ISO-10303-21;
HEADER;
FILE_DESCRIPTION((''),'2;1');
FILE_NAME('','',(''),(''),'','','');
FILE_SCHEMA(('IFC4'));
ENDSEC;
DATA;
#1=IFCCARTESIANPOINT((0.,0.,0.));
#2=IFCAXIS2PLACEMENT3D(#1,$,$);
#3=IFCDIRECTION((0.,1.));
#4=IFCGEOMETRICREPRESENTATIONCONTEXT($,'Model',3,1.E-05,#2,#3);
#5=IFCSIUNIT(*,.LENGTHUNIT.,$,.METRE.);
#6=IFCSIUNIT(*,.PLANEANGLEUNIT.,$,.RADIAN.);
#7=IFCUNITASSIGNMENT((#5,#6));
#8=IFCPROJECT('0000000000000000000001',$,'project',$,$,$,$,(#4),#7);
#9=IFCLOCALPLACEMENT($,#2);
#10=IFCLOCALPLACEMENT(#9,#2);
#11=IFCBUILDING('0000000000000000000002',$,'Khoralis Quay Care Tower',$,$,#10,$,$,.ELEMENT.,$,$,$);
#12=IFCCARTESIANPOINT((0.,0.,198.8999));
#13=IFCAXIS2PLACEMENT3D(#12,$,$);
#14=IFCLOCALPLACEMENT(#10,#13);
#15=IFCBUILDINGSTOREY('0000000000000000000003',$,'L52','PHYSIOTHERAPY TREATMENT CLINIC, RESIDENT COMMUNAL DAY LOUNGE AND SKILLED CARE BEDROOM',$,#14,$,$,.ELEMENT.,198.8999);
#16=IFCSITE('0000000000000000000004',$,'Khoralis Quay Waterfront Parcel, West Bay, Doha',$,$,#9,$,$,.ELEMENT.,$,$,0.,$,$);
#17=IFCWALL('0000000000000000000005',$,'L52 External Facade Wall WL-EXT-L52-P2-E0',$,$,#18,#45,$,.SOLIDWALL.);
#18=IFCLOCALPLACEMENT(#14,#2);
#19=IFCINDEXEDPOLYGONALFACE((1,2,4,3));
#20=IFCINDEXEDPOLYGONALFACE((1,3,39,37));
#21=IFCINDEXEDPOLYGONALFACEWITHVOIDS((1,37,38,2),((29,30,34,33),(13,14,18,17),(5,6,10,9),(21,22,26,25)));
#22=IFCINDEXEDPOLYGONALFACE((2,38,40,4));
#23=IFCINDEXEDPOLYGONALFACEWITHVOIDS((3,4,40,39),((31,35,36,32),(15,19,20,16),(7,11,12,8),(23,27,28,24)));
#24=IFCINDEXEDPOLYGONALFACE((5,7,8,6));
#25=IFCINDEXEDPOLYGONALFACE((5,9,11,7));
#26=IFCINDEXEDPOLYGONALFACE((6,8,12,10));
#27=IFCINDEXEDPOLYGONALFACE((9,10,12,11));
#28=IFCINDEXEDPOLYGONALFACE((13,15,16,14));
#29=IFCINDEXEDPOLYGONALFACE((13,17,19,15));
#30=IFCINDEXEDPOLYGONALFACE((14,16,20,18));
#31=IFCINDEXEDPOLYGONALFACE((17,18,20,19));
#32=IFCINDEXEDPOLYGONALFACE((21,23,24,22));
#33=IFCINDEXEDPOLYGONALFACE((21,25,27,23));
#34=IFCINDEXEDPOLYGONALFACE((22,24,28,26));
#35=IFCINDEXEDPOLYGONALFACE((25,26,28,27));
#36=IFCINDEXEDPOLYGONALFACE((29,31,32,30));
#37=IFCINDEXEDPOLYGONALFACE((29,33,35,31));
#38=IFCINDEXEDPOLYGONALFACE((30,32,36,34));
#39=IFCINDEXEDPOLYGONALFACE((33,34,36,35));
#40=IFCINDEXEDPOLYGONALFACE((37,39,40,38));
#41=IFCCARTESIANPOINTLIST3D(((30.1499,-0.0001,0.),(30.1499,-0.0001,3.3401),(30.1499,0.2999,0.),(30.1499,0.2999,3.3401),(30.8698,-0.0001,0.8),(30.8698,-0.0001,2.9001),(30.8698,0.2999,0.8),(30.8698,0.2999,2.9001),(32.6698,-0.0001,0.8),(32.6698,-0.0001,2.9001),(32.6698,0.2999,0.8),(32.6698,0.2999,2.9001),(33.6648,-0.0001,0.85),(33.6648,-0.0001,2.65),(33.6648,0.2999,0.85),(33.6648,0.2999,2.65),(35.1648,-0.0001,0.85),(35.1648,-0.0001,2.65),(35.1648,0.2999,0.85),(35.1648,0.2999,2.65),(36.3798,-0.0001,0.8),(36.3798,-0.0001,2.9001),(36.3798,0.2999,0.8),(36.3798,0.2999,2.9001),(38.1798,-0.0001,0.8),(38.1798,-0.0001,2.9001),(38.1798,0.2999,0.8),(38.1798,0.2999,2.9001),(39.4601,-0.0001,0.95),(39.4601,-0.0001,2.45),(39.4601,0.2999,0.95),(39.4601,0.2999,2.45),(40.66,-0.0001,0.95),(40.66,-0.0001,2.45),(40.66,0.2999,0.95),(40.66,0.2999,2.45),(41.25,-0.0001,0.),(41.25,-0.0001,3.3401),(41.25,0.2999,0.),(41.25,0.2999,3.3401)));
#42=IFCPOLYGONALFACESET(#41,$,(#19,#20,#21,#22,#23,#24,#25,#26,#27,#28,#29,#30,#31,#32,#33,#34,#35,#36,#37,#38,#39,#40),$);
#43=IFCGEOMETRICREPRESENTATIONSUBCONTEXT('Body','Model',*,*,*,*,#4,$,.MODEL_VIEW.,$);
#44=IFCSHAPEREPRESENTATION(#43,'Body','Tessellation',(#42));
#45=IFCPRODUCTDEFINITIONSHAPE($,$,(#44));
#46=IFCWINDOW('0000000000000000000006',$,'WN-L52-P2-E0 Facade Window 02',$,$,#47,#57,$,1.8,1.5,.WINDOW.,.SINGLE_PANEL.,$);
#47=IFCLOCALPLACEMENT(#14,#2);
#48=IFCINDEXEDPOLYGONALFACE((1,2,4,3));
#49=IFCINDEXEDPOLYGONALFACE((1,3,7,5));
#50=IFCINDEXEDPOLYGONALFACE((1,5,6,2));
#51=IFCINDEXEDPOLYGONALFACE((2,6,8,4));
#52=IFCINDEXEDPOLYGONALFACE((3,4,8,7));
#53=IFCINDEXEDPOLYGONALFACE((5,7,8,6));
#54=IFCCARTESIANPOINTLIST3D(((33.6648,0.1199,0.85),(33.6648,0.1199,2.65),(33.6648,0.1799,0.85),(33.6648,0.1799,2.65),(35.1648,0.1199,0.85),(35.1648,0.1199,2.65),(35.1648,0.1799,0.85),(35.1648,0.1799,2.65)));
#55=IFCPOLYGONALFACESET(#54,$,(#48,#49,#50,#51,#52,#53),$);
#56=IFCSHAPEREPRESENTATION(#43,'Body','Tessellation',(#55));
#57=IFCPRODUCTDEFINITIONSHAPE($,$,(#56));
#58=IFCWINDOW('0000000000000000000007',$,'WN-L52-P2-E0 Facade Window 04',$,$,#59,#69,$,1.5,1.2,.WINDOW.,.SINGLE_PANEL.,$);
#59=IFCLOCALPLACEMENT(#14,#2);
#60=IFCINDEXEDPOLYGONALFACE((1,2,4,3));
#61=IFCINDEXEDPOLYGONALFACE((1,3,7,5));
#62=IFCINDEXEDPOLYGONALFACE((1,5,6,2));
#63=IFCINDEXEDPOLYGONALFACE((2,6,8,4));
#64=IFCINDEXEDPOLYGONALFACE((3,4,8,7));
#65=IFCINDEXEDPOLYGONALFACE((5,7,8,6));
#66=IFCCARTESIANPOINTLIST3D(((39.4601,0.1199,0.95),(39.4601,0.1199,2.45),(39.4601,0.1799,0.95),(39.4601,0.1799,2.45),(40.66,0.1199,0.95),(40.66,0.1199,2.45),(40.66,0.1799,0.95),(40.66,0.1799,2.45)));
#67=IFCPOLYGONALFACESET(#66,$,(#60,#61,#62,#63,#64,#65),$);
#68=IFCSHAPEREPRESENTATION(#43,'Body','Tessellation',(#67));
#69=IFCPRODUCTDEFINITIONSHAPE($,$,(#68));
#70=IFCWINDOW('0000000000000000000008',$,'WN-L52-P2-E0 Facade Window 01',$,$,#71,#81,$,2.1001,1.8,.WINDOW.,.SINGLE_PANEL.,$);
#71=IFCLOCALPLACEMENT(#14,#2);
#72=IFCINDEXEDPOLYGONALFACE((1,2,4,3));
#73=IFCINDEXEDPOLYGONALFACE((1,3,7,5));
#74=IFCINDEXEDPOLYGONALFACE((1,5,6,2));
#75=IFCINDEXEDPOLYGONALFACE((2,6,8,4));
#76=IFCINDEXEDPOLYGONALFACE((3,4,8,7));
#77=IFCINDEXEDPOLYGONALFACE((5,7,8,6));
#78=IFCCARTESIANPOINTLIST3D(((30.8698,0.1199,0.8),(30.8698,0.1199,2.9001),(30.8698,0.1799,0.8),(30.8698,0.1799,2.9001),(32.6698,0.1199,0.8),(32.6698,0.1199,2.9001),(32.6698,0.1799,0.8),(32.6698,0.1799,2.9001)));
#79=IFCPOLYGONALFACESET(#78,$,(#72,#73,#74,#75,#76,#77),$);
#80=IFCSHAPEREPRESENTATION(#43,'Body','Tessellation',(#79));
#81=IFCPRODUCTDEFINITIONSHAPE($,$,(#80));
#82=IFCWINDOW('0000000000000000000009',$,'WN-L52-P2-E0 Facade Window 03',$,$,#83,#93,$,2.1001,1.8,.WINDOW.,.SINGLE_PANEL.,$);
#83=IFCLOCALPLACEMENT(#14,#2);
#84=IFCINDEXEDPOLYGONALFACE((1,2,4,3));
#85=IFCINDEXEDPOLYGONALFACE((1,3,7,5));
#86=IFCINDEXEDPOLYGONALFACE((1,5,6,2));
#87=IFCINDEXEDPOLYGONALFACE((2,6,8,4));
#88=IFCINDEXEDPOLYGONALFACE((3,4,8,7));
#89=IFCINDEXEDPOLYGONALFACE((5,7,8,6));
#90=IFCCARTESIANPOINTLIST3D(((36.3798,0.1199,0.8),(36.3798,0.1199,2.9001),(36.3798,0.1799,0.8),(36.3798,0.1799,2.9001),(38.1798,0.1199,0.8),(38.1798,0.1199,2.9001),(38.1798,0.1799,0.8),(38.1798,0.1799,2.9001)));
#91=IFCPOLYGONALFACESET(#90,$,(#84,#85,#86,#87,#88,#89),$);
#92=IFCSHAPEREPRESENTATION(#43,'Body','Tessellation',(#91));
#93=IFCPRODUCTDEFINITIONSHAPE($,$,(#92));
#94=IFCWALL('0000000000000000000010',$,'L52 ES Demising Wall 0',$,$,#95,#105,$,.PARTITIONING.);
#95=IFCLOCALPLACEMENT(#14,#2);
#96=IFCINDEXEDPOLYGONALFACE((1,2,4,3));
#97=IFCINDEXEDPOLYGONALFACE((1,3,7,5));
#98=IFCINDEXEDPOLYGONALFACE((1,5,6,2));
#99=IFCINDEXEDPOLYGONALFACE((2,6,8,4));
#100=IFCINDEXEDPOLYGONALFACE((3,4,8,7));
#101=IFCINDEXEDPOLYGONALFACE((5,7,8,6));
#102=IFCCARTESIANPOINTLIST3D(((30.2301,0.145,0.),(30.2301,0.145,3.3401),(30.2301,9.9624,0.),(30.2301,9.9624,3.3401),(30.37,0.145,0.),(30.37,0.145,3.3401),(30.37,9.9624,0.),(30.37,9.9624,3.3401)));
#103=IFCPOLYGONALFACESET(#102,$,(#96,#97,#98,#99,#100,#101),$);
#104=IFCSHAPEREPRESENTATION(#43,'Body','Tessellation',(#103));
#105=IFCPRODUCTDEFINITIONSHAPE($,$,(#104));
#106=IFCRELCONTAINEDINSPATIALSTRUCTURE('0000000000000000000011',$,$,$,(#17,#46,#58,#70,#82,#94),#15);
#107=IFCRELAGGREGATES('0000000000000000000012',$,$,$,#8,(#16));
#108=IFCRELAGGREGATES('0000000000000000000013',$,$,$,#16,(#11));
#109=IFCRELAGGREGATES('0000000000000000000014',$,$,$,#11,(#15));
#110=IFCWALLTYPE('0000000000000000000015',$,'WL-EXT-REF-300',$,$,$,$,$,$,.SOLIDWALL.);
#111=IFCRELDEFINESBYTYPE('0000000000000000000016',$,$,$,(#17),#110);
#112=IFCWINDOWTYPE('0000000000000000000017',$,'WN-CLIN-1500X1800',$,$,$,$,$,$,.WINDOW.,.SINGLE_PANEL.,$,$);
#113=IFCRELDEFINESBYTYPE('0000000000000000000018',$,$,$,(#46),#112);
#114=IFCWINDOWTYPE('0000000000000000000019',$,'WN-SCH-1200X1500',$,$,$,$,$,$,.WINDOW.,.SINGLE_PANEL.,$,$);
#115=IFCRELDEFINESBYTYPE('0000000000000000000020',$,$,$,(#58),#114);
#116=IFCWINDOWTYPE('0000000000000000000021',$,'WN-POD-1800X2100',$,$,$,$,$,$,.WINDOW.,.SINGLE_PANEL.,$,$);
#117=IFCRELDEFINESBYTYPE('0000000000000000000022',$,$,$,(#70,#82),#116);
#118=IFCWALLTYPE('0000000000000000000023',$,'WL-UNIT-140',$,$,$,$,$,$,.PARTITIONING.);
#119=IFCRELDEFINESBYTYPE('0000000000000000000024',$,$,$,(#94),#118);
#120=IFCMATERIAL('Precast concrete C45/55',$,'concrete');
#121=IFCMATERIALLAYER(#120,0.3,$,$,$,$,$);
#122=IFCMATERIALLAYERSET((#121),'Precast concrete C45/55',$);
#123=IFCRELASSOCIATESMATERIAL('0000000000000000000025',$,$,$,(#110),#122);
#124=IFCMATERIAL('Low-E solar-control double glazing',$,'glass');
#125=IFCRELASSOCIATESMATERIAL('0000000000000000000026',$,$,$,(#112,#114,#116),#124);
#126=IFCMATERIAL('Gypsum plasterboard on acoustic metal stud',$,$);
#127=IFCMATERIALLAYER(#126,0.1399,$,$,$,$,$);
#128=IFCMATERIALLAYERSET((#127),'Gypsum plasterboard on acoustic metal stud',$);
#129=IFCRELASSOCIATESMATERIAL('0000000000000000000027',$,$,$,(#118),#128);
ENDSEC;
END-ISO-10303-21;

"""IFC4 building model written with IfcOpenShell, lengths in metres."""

from ifc_helpers import new_model, si_unit, direction, frame, frame_2d, origin, place, context, subcontext, project, spatial, rectangle, extrude, source, transform, mapped, material, layer, layer_set, type_object, element, fill, save


model = new_model("IFC4")

# Units and contexts
model_context = context("Model", 3, precision=1e-05, world=origin(), true_north=direction((0.0, 1.0)))
body_context = subcontext(model_context, "Body", "Model", "MODEL_VIEW")
ifc_project = project(units=[si_unit("LENGTHUNIT", "METRE"), si_unit("PLANEANGLEUNIT", "RADIAN")], contexts=[model_context])

# Site, building, storey
site_placement = place(None, origin())
site = spatial("IfcSite", under=ifc_project, at=site_placement, Name="Khoralis Quay Waterfront Parcel, West Bay, Doha", CompositionType="ELEMENT", RefElevation=0.0)
building_placement = place(site_placement, origin())
building = spatial("IfcBuilding", under=site, at=building_placement, Name="Khoralis Quay Care Tower", CompositionType="ELEMENT")
storey_placement = place(building_placement, frame((0.0, 0.0, 198.8999)))
storey = spatial("IfcBuildingStorey", under=building, at=storey_placement, Name="L52", Description="PHYSIOTHERAPY TREATMENT CLINIC, RESIDENT COMMUNAL DAY LOUNGE AND SKILLED CARE BEDROOM", CompositionType="ELEMENT", Elevation=198.8999)

# Shared definitions
ifc_material_1 = material(Name="Low-E solar-control double glazing", Category="glass")

# Wall, openings, windows
ifc_material_2 = material(Name="Precast concrete C45/55", Category="concrete")
ifc_layer_1 = layer(ifc_material_2, 0.3)
ifc_layer_set_1 = layer_set([ifc_layer_1], Name="Precast concrete C45/55")
wall_type_1 = type_object("IfcWallType", Name="WL-EXT-REF-300", PredefinedType="SOLIDWALL", material=ifc_layer_set_1)
wall_1_placement = place(storey_placement, frame((30.1499, 0.1499, 0.0), z_axis=(0.0, 0.0, 1.0), x_axis=(1.0, 0.0, 0.0)))
wall_1 = element("IfcWall", 1, at=wall_1_placement, inside=storey, type_object=wall_type_1, Name="L52 External Facade Wall WL-EXT-L52-P2-E0", PredefinedType="SOLIDWALL", context=body_context, shape_type="SweptSolid", body=[
    extrude(rectangle(XDim=11.1001, YDim=0.3, at=frame_2d((5.55, 0.0))), origin(), (0.0, 0.0, 1.0), 3.3401),
])
opening_1_placement = place(wall_1_placement, frame((0.72, 0.0, 0.8)))
opening_1 = element("IfcOpeningElement", 2, at=opening_1_placement, cuts=wall_1, PredefinedType="OPENING", context=body_context, shape_type="SweptSolid", body=[
    extrude(rectangle(XDim=1.8, YDim=2.1001, at=frame_2d((0.8999, 1.05))), frame((0.0, 0.1602, 0.0), z_axis=(0.0, -1.0, 0.0), x_axis=(1.0, 0.0, 0.0)), (0.0, 0.0, 1.0), 0.3201),
])
opening_2_placement = place(wall_1_placement, frame((3.5149, 0.0, 0.8501)))
opening_2 = element("IfcOpeningElement", 3, at=opening_2_placement, cuts=wall_1, PredefinedType="OPENING", context=body_context, shape_type="SweptSolid", body=[
    extrude(rectangle(XDim=1.5, YDim=1.8, at=frame_2d((0.75, 0.8999))), frame((0.0, 0.1602, 0.0), z_axis=(0.0, -1.0, 0.0), x_axis=(1.0, 0.0, 0.0)), (0.0, 0.0, 1.0), 0.3201),
])
opening_3_placement = place(wall_1_placement, frame((6.23, 0.0, 0.8)))
opening_3 = element("IfcOpeningElement", 4, at=opening_3_placement, cuts=wall_1, PredefinedType="OPENING", context=body_context, shape_type="SweptSolid", body=[
    extrude(rectangle(XDim=1.8, YDim=2.1001, at=frame_2d((0.8999, 1.05))), frame((0.0, 0.1602, 0.0), z_axis=(0.0, -1.0, 0.0), x_axis=(1.0, 0.0, 0.0)), (0.0, 0.0, 1.0), 0.3201),
])
opening_4_placement = place(wall_1_placement, frame((9.3101, 0.0, 0.95)))
opening_4 = element("IfcOpeningElement", 5, at=opening_4_placement, cuts=wall_1, PredefinedType="OPENING", context=body_context, shape_type="SweptSolid", body=[
    extrude(rectangle(XDim=1.2, YDim=1.5, at=frame_2d((0.6001, 0.75))), frame((0.0, 0.1602, 0.0), z_axis=(0.0, -1.0, 0.0), x_axis=(1.0, 0.0, 0.0)), (0.0, 0.0, 1.0), 0.3201),
])
window_type_1 = type_object("IfcWindowType", Name="WN-CLIN-1500X1800", PartitioningType="SINGLE_PANEL", PredefinedType="WINDOW", material=ifc_material_1)
shared_shape_1 = source(origin(), body_context, "Body", "SweptSolid", [
    extrude(rectangle(XDim=1.5, YDim=1.8, at=frame_2d((0.75, 0.8999))), frame((0.0, 0.03, 0.0), z_axis=(0.0, -1.0, 0.0), x_axis=(1.0, 0.0, 0.0)), (0.0, 0.0, 1.0), 0.0601),
])
window_1_placement = place(opening_2_placement, origin())
window_1 = element("IfcWindow", 6, at=window_1_placement, inside=storey, type_object=window_type_1, Name="WN-L52-P2-E0 Facade Window 02", OverallHeight=1.8, OverallWidth=1.5, PartitioningType="SINGLE_PANEL", PredefinedType="WINDOW", context=body_context, shape_type="MappedRepresentation", body=[
    mapped(shared_shape_1, transform((0.0, 0.0, 0.0), scale=1.0)),
])
fill(opening_2, window_1)
window_type_2 = type_object("IfcWindowType", Name="WN-SCH-1200X1500", PartitioningType="SINGLE_PANEL", PredefinedType="WINDOW", material=ifc_material_1)
shared_shape_2 = source(origin(), body_context, "Body", "SweptSolid", [
    extrude(rectangle(XDim=1.2, YDim=1.5, at=frame_2d((0.6001, 0.75))), frame((0.0, 0.03, 0.0), z_axis=(0.0, -1.0, 0.0), x_axis=(1.0, 0.0, 0.0)), (0.0, 0.0, 1.0), 0.0601),
])
window_2_placement = place(opening_4_placement, origin())
window_2 = element("IfcWindow", 7, at=window_2_placement, inside=storey, type_object=window_type_2, Name="WN-L52-P2-E0 Facade Window 04", OverallHeight=1.5, OverallWidth=1.2, PartitioningType="SINGLE_PANEL", PredefinedType="WINDOW", context=body_context, shape_type="MappedRepresentation", body=[
    mapped(shared_shape_2, transform((0.0, 0.0, 0.0), scale=1.0)),
])
fill(opening_4, window_2)
window_type_3 = type_object("IfcWindowType", Name="WN-POD-1800X2100", PartitioningType="SINGLE_PANEL", PredefinedType="WINDOW", material=ifc_material_1)
shared_shape_3 = source(origin(), body_context, "Body", "SweptSolid", [
    extrude(rectangle(XDim=1.8, YDim=2.1001, at=frame_2d((0.8999, 1.05))), frame((0.0, 0.03, 0.0), z_axis=(0.0, -1.0, 0.0), x_axis=(1.0, 0.0, 0.0)), (0.0, 0.0, 1.0), 0.0601),
])
window_3_placement = place(opening_1_placement, origin())
window_3 = element("IfcWindow", 8, at=window_3_placement, inside=storey, type_object=window_type_3, Name="WN-L52-P2-E0 Facade Window 01", OverallHeight=2.1001, OverallWidth=1.8, PartitioningType="SINGLE_PANEL", PredefinedType="WINDOW", context=body_context, shape_type="MappedRepresentation", body=[
    mapped(shared_shape_3, transform((0.0, 0.0, 0.0), scale=1.0)),
])
fill(opening_1, window_3)
window_4_placement = place(opening_3_placement, origin())
window_4 = element("IfcWindow", 9, at=window_4_placement, inside=storey, type_object=window_type_3, Name="WN-L52-P2-E0 Facade Window 03", OverallHeight=2.1001, OverallWidth=1.8, PartitioningType="SINGLE_PANEL", PredefinedType="WINDOW", context=body_context, shape_type="MappedRepresentation", body=[
    mapped(shared_shape_3, transform((0.0, 0.0, 0.0), scale=1.0)),
])
fill(opening_3, window_4)

# Wall
ifc_material_3 = material(Name="Gypsum plasterboard on acoustic metal stud")
ifc_layer_2 = layer(ifc_material_3, 0.1399)
ifc_layer_set_2 = layer_set([ifc_layer_2], Name="Gypsum plasterboard on acoustic metal stud")
wall_type_2 = type_object("IfcWallType", Name="WL-UNIT-140", PredefinedType="PARTITIONING", material=ifc_layer_set_2)
wall_2_placement = place(storey_placement, frame((30.3, 0.145, 0.0), z_axis=(0.0, 0.0, 1.0), x_axis=(0.0, 1.0, 0.0)))
element("IfcWall", 10, at=wall_2_placement, inside=storey, type_object=wall_type_2, Name="L52 ES Demising Wall 0", PredefinedType="PARTITIONING", context=body_context, shape_type="SweptSolid", body=[
    extrude(rectangle(XDim=9.8174, YDim=0.1399, at=frame_2d((4.9087, 0.0))), origin(), (0.0, 0.0, 1.0), 3.3401),
])

save(model, "model.ifc")
